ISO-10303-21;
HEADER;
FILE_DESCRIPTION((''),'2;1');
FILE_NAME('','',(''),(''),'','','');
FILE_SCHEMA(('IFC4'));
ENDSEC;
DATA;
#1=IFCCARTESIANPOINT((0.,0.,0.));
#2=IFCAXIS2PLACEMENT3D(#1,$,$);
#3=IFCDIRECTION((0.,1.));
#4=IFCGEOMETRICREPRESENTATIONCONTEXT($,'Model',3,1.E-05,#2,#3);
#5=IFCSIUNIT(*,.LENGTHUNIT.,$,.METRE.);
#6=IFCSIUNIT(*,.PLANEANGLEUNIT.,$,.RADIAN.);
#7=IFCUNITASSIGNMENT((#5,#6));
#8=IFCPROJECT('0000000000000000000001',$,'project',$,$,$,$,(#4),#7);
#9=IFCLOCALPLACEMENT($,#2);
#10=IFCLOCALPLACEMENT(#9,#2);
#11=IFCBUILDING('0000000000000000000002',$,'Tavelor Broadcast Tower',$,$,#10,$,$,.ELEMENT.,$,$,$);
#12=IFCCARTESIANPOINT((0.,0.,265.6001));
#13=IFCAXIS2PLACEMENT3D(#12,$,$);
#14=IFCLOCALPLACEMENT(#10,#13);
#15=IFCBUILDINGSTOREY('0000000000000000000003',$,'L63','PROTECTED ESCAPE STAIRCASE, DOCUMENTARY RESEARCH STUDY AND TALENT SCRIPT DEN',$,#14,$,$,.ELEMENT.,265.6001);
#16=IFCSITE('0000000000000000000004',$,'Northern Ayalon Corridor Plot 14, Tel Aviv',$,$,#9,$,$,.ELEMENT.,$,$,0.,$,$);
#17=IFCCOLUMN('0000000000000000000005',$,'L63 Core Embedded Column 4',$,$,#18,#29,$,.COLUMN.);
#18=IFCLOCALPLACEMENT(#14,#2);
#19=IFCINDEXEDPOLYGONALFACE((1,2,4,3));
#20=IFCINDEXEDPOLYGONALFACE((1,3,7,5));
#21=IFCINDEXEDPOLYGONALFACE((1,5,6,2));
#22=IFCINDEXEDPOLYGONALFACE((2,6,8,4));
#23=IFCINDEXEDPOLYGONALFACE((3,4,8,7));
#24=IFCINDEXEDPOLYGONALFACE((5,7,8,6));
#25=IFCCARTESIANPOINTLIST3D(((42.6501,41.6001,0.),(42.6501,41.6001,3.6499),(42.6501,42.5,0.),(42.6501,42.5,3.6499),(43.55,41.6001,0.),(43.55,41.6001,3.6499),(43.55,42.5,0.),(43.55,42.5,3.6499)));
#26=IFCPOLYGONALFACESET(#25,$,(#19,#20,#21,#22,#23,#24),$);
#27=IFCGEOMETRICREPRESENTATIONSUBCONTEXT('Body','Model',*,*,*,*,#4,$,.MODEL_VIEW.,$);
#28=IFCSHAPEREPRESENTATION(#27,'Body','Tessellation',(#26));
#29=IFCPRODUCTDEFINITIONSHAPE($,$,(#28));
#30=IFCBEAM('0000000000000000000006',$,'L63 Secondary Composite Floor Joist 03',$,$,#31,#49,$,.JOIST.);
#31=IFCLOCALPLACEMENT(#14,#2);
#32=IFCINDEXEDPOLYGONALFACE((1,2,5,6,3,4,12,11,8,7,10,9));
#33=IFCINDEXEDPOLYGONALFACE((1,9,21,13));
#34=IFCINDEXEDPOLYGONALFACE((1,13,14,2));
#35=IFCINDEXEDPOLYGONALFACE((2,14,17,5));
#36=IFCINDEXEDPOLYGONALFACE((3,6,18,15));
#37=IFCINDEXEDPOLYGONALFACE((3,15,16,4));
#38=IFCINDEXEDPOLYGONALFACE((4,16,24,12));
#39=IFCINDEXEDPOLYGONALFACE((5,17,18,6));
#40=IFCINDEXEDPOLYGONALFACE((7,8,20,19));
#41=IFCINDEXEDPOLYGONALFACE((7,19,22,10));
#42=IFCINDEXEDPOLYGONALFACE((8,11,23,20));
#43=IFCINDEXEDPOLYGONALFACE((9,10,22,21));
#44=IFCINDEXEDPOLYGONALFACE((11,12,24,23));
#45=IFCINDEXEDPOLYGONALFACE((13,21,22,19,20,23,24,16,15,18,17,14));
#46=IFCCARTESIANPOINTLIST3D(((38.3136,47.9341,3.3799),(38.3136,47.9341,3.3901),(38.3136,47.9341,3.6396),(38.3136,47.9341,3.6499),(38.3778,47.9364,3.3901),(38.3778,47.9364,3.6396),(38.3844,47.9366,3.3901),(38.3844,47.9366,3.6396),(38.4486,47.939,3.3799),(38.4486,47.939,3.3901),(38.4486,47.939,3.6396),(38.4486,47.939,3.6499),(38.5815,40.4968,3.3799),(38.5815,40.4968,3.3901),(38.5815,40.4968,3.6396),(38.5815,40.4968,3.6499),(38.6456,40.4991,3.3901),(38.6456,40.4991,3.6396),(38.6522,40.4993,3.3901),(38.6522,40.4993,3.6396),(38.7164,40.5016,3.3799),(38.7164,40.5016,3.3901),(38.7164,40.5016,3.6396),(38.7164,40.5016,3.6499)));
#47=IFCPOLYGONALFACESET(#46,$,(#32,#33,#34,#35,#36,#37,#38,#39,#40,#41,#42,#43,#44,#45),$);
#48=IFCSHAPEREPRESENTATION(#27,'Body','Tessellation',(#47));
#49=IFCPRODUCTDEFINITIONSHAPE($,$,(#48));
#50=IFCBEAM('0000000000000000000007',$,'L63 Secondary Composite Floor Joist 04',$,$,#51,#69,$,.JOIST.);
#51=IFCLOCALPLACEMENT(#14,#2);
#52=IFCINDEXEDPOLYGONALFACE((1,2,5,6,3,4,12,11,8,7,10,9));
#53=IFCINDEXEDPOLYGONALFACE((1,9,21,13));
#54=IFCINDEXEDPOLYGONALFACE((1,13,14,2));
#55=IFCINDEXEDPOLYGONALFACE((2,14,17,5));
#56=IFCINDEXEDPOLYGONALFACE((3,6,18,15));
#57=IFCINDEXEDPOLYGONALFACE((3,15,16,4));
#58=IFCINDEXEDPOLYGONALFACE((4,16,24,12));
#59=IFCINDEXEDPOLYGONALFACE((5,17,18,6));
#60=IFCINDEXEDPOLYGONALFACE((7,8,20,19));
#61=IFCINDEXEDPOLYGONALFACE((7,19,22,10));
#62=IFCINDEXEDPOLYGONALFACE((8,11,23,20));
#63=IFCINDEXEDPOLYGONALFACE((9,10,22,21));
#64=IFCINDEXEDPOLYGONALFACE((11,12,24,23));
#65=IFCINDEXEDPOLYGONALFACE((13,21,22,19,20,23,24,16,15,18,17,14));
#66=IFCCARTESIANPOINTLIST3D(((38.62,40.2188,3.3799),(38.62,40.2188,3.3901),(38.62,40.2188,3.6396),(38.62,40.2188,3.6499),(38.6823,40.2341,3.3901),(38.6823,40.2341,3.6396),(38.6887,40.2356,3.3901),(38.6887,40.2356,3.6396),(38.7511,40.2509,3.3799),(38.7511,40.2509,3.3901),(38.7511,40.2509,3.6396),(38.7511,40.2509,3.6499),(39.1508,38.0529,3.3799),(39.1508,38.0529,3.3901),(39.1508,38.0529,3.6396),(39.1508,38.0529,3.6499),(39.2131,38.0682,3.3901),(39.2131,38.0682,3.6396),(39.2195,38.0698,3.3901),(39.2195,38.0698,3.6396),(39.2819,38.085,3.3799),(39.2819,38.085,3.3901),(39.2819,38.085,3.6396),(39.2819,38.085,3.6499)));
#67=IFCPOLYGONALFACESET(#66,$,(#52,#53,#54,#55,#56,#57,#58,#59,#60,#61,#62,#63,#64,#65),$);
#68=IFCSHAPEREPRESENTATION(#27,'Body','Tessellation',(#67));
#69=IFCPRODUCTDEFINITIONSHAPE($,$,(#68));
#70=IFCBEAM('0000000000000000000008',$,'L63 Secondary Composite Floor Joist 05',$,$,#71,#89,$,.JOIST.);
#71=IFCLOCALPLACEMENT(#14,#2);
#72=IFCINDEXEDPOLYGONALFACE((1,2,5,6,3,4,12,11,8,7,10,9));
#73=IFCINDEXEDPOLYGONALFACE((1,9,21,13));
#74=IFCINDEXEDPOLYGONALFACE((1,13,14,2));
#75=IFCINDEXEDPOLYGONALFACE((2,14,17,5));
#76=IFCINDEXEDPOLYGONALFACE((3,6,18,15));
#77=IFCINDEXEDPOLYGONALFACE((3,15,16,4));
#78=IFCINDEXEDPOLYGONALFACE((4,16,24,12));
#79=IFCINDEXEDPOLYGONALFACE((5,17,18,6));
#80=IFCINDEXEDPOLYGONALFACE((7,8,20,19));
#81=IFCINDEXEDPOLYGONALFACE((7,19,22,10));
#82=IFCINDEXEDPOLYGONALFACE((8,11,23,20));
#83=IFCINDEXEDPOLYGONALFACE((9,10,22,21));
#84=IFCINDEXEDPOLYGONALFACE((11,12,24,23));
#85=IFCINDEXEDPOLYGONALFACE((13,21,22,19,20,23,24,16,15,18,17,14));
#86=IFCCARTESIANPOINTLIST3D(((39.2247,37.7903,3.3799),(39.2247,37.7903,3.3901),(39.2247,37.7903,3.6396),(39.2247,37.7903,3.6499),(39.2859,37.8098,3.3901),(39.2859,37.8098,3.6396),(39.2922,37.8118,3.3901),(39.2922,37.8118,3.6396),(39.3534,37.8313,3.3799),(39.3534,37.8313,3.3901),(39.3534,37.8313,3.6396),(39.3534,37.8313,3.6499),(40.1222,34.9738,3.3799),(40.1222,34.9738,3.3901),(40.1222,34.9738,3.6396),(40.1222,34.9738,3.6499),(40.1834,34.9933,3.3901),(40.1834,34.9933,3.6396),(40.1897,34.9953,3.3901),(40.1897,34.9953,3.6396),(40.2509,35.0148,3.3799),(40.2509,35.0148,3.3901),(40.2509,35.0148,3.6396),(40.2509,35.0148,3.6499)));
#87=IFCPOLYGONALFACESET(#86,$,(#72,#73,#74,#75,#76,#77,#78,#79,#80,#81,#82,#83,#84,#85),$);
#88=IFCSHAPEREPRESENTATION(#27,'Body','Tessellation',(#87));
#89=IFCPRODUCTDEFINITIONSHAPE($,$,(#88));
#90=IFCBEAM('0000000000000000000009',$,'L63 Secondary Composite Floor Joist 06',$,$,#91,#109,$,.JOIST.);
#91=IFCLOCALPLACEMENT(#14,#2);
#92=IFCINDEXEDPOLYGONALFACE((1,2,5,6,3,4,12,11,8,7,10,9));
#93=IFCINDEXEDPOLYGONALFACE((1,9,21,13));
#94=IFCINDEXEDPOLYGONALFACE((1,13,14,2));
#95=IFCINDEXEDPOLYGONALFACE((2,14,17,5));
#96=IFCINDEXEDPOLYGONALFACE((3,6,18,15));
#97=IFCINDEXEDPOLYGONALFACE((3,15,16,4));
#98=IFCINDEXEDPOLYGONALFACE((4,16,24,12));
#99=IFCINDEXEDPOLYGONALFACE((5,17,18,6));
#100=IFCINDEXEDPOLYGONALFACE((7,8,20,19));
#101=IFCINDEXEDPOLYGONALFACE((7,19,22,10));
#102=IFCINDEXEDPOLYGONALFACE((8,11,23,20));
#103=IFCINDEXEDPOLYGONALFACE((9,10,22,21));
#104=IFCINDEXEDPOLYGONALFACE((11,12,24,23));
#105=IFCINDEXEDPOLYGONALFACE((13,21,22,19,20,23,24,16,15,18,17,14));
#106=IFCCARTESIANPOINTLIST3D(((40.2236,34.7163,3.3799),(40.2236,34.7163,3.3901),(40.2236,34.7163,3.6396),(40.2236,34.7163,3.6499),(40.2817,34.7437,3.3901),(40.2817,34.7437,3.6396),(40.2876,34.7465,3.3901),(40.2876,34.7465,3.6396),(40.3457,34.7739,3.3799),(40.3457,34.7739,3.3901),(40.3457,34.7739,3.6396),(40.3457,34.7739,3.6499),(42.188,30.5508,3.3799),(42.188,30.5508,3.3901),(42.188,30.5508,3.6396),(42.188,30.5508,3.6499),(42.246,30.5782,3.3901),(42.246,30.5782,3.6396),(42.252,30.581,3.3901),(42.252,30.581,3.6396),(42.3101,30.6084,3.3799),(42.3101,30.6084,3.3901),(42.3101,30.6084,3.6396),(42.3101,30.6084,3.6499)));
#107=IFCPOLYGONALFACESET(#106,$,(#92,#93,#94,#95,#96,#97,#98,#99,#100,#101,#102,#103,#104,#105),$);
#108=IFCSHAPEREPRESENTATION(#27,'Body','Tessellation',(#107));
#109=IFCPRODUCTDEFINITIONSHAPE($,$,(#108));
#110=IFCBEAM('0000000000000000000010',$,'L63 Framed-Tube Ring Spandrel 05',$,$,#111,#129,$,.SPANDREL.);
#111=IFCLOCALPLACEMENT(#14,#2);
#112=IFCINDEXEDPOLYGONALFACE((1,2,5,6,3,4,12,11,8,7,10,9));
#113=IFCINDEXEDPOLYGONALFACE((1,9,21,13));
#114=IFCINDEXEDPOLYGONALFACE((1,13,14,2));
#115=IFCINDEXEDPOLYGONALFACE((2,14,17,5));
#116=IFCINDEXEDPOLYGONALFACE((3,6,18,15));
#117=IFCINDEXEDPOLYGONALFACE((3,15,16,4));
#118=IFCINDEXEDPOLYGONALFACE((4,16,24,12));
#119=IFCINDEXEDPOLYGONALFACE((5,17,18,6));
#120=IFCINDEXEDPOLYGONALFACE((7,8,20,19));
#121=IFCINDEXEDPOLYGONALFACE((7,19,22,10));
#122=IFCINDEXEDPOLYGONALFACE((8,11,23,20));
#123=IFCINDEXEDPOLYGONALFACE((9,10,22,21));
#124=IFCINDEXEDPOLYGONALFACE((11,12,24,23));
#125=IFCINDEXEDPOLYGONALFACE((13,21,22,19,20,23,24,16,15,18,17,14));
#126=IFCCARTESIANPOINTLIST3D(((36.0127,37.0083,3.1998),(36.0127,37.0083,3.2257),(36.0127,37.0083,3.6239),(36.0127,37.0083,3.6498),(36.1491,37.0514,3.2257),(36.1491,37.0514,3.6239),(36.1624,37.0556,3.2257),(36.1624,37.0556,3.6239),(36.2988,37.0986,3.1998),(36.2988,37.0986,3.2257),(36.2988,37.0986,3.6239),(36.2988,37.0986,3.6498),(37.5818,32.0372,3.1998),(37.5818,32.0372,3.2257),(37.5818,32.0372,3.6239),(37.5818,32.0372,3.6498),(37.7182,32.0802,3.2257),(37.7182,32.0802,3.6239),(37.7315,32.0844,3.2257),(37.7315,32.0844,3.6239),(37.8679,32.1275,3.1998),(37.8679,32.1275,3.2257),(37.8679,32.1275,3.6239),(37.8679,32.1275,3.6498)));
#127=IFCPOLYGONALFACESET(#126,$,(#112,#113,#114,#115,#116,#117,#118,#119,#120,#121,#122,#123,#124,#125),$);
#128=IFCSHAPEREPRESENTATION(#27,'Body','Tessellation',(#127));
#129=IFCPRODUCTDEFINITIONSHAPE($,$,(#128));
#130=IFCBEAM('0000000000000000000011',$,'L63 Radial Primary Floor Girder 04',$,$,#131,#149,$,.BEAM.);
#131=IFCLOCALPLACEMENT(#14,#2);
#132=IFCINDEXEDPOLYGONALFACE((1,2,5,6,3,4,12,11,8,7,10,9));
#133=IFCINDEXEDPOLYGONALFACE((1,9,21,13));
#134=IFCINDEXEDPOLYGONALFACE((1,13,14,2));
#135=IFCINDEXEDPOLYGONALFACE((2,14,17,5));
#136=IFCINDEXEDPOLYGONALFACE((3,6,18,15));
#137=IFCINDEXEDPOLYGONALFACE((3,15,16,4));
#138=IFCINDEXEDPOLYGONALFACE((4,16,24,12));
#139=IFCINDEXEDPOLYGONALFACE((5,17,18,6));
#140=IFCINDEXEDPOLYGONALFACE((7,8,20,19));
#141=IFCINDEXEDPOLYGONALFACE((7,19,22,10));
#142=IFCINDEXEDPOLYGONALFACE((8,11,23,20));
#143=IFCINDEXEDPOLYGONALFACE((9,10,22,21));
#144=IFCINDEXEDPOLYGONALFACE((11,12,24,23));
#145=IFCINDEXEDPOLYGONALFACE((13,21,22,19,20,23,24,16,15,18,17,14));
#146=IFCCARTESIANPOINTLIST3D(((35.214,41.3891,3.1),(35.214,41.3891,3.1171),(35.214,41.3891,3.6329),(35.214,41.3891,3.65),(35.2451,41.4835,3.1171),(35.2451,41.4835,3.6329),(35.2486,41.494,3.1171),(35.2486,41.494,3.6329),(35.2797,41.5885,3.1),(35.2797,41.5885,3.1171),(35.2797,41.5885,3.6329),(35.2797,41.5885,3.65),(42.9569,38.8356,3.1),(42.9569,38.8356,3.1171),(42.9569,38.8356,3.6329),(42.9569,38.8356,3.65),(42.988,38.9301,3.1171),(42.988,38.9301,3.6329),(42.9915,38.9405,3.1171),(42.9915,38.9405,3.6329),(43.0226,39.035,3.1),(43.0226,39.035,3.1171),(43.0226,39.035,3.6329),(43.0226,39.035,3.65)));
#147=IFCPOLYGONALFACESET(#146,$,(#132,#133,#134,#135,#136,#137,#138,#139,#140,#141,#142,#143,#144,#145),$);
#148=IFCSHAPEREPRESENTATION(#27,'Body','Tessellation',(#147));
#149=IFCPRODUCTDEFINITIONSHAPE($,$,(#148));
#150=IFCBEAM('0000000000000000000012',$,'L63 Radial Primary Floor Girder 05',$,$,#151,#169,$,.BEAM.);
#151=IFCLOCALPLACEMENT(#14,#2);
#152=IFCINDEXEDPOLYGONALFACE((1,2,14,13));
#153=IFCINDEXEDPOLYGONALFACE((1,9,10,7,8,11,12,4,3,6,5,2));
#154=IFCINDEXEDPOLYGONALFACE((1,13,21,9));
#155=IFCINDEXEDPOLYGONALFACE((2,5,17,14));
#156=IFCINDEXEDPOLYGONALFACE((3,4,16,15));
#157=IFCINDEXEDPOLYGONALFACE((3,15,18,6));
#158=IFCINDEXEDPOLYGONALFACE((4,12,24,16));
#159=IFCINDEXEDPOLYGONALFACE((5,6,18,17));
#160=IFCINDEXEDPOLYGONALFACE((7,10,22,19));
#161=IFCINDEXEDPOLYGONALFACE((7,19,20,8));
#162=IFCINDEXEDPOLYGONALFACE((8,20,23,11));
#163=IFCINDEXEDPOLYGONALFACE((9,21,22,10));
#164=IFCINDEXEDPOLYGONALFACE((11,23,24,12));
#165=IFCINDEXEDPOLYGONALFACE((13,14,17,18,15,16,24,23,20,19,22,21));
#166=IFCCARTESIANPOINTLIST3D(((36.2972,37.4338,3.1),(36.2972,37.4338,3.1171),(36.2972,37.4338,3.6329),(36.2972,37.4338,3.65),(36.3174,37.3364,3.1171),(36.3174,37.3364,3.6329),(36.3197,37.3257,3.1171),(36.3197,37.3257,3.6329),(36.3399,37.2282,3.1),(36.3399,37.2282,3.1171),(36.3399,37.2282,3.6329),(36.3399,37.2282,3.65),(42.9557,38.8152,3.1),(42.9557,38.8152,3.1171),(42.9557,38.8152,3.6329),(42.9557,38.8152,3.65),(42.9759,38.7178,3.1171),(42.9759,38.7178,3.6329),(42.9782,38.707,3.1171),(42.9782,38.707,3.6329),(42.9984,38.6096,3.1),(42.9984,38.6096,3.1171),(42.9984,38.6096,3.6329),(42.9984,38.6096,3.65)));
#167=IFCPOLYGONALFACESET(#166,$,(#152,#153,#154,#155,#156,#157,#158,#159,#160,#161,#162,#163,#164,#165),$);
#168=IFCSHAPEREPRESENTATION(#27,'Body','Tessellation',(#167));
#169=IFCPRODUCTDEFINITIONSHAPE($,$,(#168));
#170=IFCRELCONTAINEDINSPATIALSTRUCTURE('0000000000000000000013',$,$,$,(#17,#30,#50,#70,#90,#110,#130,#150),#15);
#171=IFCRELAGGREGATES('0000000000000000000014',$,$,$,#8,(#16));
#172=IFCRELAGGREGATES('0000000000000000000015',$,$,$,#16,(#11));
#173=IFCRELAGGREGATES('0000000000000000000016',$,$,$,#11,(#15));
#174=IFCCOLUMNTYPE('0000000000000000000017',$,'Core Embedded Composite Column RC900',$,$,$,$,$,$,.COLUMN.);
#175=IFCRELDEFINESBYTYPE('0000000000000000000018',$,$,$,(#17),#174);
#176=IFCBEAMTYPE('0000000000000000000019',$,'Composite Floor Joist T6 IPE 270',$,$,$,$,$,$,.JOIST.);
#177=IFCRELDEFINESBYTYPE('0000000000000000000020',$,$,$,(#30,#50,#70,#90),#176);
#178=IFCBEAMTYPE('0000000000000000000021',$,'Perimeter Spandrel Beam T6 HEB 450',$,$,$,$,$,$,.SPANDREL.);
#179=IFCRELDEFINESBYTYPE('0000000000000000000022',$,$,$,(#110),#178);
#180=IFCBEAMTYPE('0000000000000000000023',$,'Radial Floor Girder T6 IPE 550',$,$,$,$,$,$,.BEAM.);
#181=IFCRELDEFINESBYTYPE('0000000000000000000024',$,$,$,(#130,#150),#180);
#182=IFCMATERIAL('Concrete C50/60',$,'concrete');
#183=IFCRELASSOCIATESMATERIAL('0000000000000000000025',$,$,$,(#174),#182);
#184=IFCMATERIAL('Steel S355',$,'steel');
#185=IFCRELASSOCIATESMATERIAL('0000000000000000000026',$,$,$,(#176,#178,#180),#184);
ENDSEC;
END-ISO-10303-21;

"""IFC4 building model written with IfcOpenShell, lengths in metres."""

from ifc_helpers import new_model, si_unit, direction, frame, origin, origin_2d, place, context, subcontext, project, spatial, rectangle, i_section, extrude, material, material_profile, profile_set, type_object, element, save


model = new_model("IFC4")

# Units and contexts
model_context = context("Model", 3, precision=1e-05, world=origin(), true_north=direction((0.0, 1.0)))
body_context = subcontext(model_context, "Body", "Model", "MODEL_VIEW")
ifc_project = project(units=[si_unit("LENGTHUNIT", "METRE"), si_unit("PLANEANGLEUNIT", "RADIAN")], contexts=[model_context])

# Site, building, storey
site_placement = place(None, origin())
site = spatial("IfcSite", under=ifc_project, at=site_placement, Name="Northern Ayalon Corridor Plot 14, Tel Aviv", CompositionType="ELEMENT", RefElevation=0.0)
building_placement = place(site_placement, origin())
building = spatial("IfcBuilding", under=site, at=building_placement, Name="Tavelor Broadcast Tower", CompositionType="ELEMENT")
storey_placement = place(building_placement, frame((0.0, 0.0, 265.6001)))
storey = spatial("IfcBuildingStorey", under=building, at=storey_placement, Name="L63", Description="PROTECTED ESCAPE STAIRCASE, DOCUMENTARY RESEARCH STUDY AND TALENT SCRIPT DEN", CompositionType="ELEMENT", Elevation=265.6001)

# Column
ifc_material_1 = material(Name="Concrete C50/60", Category="concrete")
ifc_material_profile_1 = material_profile(ifc_material_1, rectangle(XDim=0.8999, YDim=0.8999, at=origin_2d()), Name="RC 900x900")
ifc_profile_set_1 = profile_set([ifc_material_profile_1], Name="Concrete C50/60")
column_type = type_object("IfcColumnType", Name="Core Embedded Composite Column RC900", PredefinedType="COLUMN", material=ifc_profile_set_1)
column_placement = place(storey_placement, frame((43.1001, 42.05, 0.0), z_axis=(0.0, 0.0, 1.0), x_axis=(1.0, 0.0, 0.0)))
element("IfcColumn", 1, at=column_placement, inside=storey, type_object=column_type, Name="L63 Core Embedded Column 4", PredefinedType="COLUMN", context=body_context, shape_type="SweptSolid", body=[
    extrude(rectangle(XDim=0.8999, YDim=0.8999, at=origin_2d()), origin(), (0.0, 0.0, 1.0), 3.6499),
])

# Beams
ifc_material_2 = material(Name="Steel S355", Category="steel")
ifc_material_profile_2 = material_profile(ifc_material_2, i_section(OverallWidth=0.135, OverallDepth=0.27, WebThickness=0.0066, FlangeThickness=0.0103, at=origin_2d()), Name="IPE 270")
ifc_profile_set_2 = profile_set([ifc_material_profile_2], Name="Steel S355")
beam_type_1 = type_object("IfcBeamType", Name="Composite Floor Joist T6 IPE 270", PredefinedType="JOIST", material=ifc_profile_set_2)
beam_1_placement = place(storey_placement, frame((38.3811, 47.9365, 3.5149), z_axis=(0.035988, -0.999352, 0.0), x_axis=(0.999352, 0.035988, 0.0)))
element("IfcBeam", 2, at=beam_1_placement, inside=storey, type_object=beam_type_1, Name="L63 Secondary Composite Floor Joist 03", PredefinedType="JOIST", context=body_context, shape_type="SweptSolid", body=[
    extrude(i_section(OverallWidth=0.135, OverallDepth=0.27, WebThickness=0.0066, FlangeThickness=0.0103, at=origin_2d()), origin(), (0.0, 0.0, 1.0), 7.4421),
])
beam_2_placement = place(storey_placement, frame((38.6855, 40.2349, 3.5149), z_axis=(0.238025, -0.971259, 0.0), x_axis=(0.971259, 0.238025, 0.0)))
element("IfcBeam", 3, at=beam_2_placement, inside=storey, type_object=beam_type_1, Name="L63 Secondary Composite Floor Joist 04", PredefinedType="JOIST", context=body_context, shape_type="SweptSolid", body=[
    extrude(i_section(OverallWidth=0.135, OverallDepth=0.27, WebThickness=0.0066, FlangeThickness=0.0103, at=origin_2d()), origin(), (0.0, 0.0, 1.0), 2.23),
])
beam_3_placement = place(storey_placement, frame((39.2891, 37.8108, 3.5149), z_axis=(0.303613, -0.952796, 0.0), x_axis=(0.952796, 0.303613, 0.0)))
element("IfcBeam", 4, at=beam_3_placement, inside=storey, type_object=beam_type_1, Name="L63 Secondary Composite Floor Joist 05", PredefinedType="JOIST", context=body_context, shape_type="SweptSolid", body=[
    extrude(i_section(OverallWidth=0.135, OverallDepth=0.27, WebThickness=0.0066, FlangeThickness=0.0103, at=origin_2d()), origin(), (0.0, 0.0, 1.0), 2.9561),
])
beam_4_placement = place(storey_placement, frame((40.2847, 34.7451, 3.5149), z_axis=(0.426527, -0.904475, 0.0), x_axis=(0.904475, 0.426527, 0.0)))
element("IfcBeam", 5, at=beam_4_placement, inside=storey, type_object=beam_type_1, Name="L63 Secondary Composite Floor Joist 06", PredefinedType="JOIST", context=body_context, shape_type="SweptSolid", body=[
    extrude(i_section(OverallWidth=0.135, OverallDepth=0.27, WebThickness=0.0066, FlangeThickness=0.0103, at=origin_2d()), origin(), (0.0, 0.0, 1.0), 4.6055),
])
ifc_material_profile_3 = material_profile(ifc_material_2, i_section(OverallWidth=0.3, OverallDepth=0.45, WebThickness=0.0139, FlangeThickness=0.0259, at=origin_2d()), Name="HEB 450")
ifc_profile_set_3 = profile_set([ifc_material_profile_3], Name="Steel S355")
beam_type_2 = type_object("IfcBeamType", Name="Perimeter Spandrel Beam T6 HEB 450", PredefinedType="SPANDREL", material=ifc_profile_set_3)
beam_5_placement = place(storey_placement, frame((36.1558, 37.0535, 3.4248), z_axis=(0.300999, -0.953624, 0.0), x_axis=(0.953624, 0.300999, 0.0)))
element("IfcBeam", 6, at=beam_5_placement, inside=storey, type_object=beam_type_2, Name="L63 Framed-Tube Ring Spandrel 05", PredefinedType="SPANDREL", context=body_context, shape_type="SweptSolid", body=[
    extrude(i_section(OverallWidth=0.3, OverallDepth=0.45, WebThickness=0.0139, FlangeThickness=0.0259, at=origin_2d()), origin(), (0.0, 0.0, 1.0), 5.2129),
])
ifc_material_profile_4 = material_profile(ifc_material_2, i_section(OverallWidth=0.21, OverallDepth=0.55, WebThickness=0.011, FlangeThickness=0.0171, at=origin_2d()), Name="IPE 550")
ifc_profile_set_4 = profile_set([ifc_material_profile_4], Name="Steel S355")
beam_type_3 = type_object("IfcBeamType", Name="Radial Floor Girder T6 IPE 550", PredefinedType="BEAM", material=ifc_profile_set_4)
beam_6_placement = place(storey_placement, frame((42.9897, 38.9353, 3.375), z_axis=(-0.949691, 0.31319, 0.0), x_axis=(-0.31319, -0.949691, 0.0)))
element("IfcBeam", 7, at=beam_6_placement, inside=storey, type_object=beam_type_3, Name="L63 Radial Primary Floor Girder 04", PredefinedType="BEAM", context=body_context, shape_type="SweptSolid", body=[
    extrude(i_section(OverallWidth=0.21, OverallDepth=0.55, WebThickness=0.011, FlangeThickness=0.0171, at=origin_2d()), origin(), (0.0, 0.0, 1.0), 8.1531),
])
beam_7_placement = place(storey_placement, frame((42.9771, 38.7124, 3.375), z_axis=(-0.979151, -0.203133, 0.0), x_axis=(0.203133, -0.979151, 0.0)))
element("IfcBeam", 8, at=beam_7_placement, inside=storey, type_object=beam_type_3, Name="L63 Radial Primary Floor Girder 05", PredefinedType="BEAM", context=body_context, shape_type="SweptSolid", body=[
    extrude(i_section(OverallWidth=0.21, OverallDepth=0.55, WebThickness=0.011, FlangeThickness=0.0171, at=origin_2d()), origin(), (0.0, 0.0, 1.0), 6.8003),
])

save(model, "model.ifc")
